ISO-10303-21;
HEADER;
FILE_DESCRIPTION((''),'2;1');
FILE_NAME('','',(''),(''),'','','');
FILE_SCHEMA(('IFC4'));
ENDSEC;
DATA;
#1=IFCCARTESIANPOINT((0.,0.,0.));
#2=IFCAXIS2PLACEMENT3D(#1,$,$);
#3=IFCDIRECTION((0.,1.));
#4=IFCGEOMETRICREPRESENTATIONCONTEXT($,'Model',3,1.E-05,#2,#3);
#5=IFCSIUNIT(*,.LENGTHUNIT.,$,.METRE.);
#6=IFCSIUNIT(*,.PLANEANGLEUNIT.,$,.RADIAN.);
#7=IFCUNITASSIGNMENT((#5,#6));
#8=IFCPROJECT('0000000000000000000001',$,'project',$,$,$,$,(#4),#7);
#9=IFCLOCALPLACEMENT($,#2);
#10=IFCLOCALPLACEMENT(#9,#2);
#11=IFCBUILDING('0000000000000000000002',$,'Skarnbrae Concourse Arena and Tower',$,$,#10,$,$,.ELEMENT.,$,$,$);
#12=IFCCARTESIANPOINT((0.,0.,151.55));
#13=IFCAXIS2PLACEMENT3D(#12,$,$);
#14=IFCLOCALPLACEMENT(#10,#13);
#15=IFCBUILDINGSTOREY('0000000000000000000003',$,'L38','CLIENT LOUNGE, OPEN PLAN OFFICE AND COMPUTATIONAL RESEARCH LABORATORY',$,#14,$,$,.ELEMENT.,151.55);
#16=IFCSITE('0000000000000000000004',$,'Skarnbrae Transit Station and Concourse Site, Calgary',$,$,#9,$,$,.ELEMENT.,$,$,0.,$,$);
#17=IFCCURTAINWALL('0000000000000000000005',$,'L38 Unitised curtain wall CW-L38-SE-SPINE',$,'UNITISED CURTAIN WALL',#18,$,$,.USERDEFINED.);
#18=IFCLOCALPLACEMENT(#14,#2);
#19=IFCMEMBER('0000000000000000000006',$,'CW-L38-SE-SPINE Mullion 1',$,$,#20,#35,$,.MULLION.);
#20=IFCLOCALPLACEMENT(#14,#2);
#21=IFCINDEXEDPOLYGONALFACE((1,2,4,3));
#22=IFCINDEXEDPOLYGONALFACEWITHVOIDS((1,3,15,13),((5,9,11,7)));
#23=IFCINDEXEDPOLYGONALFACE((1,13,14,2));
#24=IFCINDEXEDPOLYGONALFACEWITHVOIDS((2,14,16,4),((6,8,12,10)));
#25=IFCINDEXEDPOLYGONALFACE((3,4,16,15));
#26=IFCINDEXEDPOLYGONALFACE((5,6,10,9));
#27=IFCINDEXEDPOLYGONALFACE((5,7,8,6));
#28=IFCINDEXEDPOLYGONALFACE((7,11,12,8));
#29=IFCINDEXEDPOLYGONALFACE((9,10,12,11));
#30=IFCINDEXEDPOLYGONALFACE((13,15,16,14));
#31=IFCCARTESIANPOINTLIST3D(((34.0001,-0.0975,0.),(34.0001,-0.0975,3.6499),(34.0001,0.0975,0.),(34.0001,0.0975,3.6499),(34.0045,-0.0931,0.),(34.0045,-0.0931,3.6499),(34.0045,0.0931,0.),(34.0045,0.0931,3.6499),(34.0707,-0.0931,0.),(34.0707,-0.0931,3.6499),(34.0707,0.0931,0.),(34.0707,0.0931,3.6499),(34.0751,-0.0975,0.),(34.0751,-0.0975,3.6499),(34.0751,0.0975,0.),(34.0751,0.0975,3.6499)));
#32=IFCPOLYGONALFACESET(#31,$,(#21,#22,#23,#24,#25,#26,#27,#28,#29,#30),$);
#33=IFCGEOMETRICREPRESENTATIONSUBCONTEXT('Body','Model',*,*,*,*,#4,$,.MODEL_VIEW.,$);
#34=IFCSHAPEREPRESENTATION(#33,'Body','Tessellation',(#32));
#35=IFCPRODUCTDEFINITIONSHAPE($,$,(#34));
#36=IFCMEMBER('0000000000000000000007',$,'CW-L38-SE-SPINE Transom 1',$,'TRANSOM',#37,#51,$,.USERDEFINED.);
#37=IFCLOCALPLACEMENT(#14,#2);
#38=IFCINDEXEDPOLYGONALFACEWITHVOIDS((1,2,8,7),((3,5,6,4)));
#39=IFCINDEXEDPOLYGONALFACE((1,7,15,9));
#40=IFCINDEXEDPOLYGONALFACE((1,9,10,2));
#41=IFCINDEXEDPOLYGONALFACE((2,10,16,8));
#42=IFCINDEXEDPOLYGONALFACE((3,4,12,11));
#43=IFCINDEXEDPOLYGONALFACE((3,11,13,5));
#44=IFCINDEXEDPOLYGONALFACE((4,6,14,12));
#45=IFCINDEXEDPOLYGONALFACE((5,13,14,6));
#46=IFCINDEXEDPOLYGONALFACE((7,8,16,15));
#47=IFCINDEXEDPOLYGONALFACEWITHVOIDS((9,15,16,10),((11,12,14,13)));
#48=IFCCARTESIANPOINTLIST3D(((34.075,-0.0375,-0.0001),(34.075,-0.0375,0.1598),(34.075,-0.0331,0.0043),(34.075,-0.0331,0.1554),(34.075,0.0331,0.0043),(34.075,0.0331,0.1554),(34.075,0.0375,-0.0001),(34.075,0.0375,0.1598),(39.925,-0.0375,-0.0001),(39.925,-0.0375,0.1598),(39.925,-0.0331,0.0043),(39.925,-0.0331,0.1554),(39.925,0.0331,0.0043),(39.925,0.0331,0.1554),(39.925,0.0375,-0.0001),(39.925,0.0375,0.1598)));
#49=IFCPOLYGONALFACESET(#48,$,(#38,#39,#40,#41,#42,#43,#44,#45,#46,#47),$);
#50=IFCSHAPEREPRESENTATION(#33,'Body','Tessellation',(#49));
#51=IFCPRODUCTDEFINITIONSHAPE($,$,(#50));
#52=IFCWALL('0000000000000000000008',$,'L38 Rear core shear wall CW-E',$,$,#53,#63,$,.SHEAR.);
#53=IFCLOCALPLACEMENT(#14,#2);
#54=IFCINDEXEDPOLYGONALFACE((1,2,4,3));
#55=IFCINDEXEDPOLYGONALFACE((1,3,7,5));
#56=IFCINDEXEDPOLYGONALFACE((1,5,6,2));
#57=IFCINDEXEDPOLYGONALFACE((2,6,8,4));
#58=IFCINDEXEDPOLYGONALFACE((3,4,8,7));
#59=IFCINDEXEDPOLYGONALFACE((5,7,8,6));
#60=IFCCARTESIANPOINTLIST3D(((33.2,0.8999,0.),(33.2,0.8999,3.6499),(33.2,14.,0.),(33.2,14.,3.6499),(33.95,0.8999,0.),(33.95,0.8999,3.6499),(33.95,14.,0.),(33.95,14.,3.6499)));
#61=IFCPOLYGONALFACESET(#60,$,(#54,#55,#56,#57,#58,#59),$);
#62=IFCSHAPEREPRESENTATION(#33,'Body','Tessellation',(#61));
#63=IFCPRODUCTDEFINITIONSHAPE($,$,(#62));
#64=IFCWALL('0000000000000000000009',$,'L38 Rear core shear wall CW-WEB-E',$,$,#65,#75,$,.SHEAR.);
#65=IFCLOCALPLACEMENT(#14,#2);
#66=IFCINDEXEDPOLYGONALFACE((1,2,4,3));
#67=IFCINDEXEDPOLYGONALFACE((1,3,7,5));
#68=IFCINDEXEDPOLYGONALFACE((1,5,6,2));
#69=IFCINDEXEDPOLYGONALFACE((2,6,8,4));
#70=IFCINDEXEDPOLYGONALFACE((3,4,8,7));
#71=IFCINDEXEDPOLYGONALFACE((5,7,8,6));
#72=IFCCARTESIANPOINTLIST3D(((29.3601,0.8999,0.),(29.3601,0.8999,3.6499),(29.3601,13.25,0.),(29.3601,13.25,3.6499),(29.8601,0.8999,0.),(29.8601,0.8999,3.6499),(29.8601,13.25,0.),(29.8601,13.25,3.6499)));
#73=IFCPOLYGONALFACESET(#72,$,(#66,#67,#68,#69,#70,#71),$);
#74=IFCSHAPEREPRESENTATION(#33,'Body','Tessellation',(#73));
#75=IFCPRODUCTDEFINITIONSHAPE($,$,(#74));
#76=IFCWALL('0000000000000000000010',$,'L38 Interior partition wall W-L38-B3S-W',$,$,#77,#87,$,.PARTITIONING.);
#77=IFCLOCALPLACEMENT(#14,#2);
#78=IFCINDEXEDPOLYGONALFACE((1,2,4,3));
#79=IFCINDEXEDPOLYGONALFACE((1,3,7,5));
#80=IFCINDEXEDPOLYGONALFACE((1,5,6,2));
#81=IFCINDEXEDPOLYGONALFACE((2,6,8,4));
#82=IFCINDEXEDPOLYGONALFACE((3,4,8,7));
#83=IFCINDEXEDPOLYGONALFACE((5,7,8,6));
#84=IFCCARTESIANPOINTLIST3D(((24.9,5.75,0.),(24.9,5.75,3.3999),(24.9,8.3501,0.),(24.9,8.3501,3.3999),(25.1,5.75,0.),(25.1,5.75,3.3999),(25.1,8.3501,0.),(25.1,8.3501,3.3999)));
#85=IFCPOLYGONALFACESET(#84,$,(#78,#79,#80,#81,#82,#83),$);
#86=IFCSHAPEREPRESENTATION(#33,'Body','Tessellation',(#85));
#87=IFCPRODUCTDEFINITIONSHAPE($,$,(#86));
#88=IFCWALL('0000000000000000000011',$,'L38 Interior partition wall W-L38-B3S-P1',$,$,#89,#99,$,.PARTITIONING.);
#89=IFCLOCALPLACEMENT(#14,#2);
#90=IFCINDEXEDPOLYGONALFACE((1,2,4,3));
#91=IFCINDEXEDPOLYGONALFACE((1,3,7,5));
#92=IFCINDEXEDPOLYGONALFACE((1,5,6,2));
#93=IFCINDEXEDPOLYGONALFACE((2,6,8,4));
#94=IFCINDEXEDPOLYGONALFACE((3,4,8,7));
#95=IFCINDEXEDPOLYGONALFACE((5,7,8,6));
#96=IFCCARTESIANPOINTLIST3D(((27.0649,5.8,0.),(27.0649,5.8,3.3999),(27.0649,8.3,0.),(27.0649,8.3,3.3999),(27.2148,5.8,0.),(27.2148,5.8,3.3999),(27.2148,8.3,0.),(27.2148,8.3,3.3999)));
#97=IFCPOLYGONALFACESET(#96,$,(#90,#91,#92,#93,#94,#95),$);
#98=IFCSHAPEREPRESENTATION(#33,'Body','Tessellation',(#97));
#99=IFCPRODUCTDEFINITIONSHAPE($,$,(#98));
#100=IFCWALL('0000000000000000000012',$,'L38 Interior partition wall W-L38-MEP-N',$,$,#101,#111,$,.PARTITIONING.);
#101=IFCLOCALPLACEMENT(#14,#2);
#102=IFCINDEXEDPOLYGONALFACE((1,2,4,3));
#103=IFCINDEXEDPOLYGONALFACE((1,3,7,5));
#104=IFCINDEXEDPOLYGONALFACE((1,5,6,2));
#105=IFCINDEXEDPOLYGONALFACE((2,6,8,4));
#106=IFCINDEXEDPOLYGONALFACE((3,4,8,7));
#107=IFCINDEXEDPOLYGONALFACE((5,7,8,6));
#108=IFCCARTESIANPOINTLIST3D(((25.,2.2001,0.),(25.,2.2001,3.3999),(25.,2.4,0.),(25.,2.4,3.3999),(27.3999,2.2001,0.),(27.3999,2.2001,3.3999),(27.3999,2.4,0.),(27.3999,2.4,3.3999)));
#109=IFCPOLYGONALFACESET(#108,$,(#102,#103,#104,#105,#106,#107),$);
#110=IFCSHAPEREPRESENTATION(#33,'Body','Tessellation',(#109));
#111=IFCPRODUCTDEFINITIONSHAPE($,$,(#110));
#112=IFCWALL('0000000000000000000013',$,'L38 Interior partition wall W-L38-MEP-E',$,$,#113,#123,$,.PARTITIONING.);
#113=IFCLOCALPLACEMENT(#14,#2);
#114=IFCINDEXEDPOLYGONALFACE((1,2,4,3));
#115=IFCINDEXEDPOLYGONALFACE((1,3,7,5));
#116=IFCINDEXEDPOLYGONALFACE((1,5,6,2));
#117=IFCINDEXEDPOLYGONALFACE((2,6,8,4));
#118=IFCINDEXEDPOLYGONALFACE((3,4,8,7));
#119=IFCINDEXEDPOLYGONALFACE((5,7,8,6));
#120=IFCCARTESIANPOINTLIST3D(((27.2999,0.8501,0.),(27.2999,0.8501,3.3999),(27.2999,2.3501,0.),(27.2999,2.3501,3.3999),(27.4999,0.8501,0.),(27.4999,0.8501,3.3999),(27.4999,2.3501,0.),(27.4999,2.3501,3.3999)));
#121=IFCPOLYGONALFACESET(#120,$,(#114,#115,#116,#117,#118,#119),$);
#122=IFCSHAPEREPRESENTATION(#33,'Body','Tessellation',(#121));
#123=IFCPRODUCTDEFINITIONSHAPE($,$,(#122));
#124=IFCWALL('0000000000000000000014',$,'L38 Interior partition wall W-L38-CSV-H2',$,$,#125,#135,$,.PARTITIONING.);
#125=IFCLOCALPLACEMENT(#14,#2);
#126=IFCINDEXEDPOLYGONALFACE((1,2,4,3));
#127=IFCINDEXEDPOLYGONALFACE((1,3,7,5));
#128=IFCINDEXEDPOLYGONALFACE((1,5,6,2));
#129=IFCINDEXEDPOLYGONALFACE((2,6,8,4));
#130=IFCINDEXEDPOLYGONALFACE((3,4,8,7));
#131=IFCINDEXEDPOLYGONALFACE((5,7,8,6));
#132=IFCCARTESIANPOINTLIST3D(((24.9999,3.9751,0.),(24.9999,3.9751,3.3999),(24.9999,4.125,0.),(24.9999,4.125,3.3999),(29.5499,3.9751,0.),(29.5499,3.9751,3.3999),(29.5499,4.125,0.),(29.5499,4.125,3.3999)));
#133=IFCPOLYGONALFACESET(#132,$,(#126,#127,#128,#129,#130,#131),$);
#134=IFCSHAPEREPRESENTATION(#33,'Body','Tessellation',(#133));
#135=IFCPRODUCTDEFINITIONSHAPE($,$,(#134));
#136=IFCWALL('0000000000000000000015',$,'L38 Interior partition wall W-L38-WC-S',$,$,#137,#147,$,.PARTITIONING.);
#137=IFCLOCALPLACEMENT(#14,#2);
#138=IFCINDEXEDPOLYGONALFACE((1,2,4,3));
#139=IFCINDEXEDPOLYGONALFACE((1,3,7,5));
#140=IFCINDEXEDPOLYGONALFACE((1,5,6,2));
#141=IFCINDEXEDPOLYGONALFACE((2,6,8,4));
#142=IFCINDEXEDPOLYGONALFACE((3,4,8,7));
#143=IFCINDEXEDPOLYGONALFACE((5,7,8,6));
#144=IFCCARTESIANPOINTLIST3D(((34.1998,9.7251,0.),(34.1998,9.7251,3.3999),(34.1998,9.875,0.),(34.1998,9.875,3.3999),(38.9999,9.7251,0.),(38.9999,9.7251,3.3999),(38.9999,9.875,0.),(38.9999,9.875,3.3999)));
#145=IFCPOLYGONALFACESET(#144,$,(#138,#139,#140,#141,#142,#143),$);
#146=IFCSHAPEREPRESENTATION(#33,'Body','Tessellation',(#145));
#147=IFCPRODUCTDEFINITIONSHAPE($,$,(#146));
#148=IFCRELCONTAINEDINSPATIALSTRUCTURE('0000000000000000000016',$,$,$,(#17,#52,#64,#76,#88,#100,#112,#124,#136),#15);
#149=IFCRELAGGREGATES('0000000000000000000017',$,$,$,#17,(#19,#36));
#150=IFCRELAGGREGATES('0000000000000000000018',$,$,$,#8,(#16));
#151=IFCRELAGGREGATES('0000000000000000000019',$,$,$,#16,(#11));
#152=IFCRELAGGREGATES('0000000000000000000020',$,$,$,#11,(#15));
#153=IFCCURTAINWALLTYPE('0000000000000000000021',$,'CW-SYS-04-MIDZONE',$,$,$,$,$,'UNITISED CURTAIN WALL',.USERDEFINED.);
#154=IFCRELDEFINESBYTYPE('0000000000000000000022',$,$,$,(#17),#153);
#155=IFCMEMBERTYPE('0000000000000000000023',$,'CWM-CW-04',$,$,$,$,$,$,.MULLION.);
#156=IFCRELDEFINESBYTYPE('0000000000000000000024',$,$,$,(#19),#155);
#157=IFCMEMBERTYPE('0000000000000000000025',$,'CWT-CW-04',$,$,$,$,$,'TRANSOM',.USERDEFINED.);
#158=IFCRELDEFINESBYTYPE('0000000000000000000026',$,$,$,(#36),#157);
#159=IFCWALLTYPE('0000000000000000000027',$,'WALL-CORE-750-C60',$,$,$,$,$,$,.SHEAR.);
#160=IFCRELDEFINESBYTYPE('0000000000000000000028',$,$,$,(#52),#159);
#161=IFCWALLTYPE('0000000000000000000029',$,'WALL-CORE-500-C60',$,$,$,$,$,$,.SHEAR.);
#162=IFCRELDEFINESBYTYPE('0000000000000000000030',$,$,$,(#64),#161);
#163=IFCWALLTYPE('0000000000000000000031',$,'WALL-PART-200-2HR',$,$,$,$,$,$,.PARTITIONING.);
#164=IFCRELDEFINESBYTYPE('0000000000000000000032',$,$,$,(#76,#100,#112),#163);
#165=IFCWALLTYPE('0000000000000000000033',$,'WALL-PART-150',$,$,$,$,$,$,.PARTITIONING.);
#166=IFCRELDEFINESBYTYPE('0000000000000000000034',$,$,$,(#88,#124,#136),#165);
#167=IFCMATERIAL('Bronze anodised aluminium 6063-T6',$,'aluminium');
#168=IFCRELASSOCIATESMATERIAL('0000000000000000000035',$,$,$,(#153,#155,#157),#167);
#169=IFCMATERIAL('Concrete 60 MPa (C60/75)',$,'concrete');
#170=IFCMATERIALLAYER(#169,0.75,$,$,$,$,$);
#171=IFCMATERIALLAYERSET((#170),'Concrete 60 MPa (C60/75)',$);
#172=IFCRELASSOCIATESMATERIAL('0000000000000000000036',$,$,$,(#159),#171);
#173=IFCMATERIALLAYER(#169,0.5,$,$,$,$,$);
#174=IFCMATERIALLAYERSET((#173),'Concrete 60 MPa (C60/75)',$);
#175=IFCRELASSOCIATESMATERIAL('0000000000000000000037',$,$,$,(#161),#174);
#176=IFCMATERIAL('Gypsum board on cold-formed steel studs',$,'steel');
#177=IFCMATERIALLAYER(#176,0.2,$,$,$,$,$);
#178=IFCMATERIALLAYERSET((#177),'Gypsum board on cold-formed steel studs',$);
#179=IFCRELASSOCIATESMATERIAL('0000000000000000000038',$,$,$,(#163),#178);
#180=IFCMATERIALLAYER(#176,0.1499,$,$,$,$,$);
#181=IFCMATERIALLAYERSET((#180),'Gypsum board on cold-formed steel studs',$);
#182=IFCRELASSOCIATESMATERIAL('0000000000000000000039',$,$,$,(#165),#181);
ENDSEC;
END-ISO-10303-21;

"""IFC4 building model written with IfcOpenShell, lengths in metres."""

from ifc_helpers import new_model, si_unit, direction, frame, frame_2d, origin, origin_2d, place, context, subcontext, project, spatial, rectangle, hollow_rectangle, extrude, source, transform, mapped, material, layer, layer_set, material_profile, profile_set, type_object, element, aggregate, save


model = new_model("IFC4")

# Units and contexts
model_context = context("Model", 3, precision=1e-05, world=origin(), true_north=direction((0.0, 1.0)))
body_context = subcontext(model_context, "Body", "Model", "MODEL_VIEW")
ifc_project = project(units=[si_unit("LENGTHUNIT", "METRE"), si_unit("PLANEANGLEUNIT", "RADIAN")], contexts=[model_context])

# Site, building, storey
site_placement = place(None, origin())
site = spatial("IfcSite", under=ifc_project, at=site_placement, Name="Skarnbrae Transit Station and Concourse Site, Calgary", CompositionType="ELEMENT", RefElevation=0.0)
building_placement = place(site_placement, origin())
building = spatial("IfcBuilding", under=site, at=building_placement, Name="Skarnbrae Concourse Arena and Tower", CompositionType="ELEMENT")
storey_placement = place(building_placement, frame((0.0, 0.0, 151.55)))
storey = spatial("IfcBuildingStorey", under=building, at=storey_placement, Name="L38", Description="CLIENT LOUNGE, OPEN PLAN OFFICE AND COMPUTATIONAL RESEARCH LABORATORY", CompositionType="ELEMENT", Elevation=151.55)

# Curtain wall, members
ifc_material_1 = material(Name="Bronze anodised aluminium 6063-T6", Category="aluminium")
curtain_wall_type = type_object("IfcCurtainWallType", Name="CW-SYS-04-MIDZONE", ElementType="UNITISED CURTAIN WALL", PredefinedType="USERDEFINED", material=ifc_material_1)
curtain_wall_placement = place(storey_placement, origin())
curtain_wall = element("IfcCurtainWall", 1, at=curtain_wall_placement, inside=storey, type_object=curtain_wall_type, Name="L38 Unitised curtain wall CW-L38-SE-SPINE", ObjectType="UNITISED CURTAIN WALL", PredefinedType="USERDEFINED")
ifc_material_profile_1 = material_profile(ifc_material_1, hollow_rectangle(XDim=0.075, YDim=0.1951, WallThickness=0.0044, at=origin_2d()), Name="ALU-MULL-75X195")
ifc_profile_set_1 = profile_set([ifc_material_profile_1], Name="Bronze anodised aluminium 6063-T6")
member_type_1 = type_object("IfcMemberType", Name="CWM-CW-04", PredefinedType="MULLION", material=ifc_profile_set_1)
shared_shape_1 = source(origin(), body_context, "Body", "SweptSolid", [
    extrude(hollow_rectangle(XDim=0.075, YDim=0.1951, WallThickness=0.0044, at=origin_2d()), origin(), (0.0, 0.0, 1.0), 3.6499),
])
member_1_placement = place(storey_placement, frame((34.0376, 0.0, 0.0), z_axis=(0.0, 0.0, 1.0), x_axis=(1.0, 0.0, 0.0)))
member_1 = element("IfcMember", 2, at=member_1_placement, type_object=member_type_1, Name="CW-L38-SE-SPINE Mullion 1", PredefinedType="MULLION", context=body_context, shape_type="MappedRepresentation", body=[
    mapped(shared_shape_1, transform((0.0, 0.0, 0.0))),
])
ifc_material_profile_2 = material_profile(ifc_material_1, hollow_rectangle(XDim=0.075, YDim=0.1599, WallThickness=0.0044, at=origin_2d()), Name="ALU-TRAN-75X160")
ifc_profile_set_2 = profile_set([ifc_material_profile_2], Name="Bronze anodised aluminium 6063-T6")
member_type_2 = type_object("IfcMemberType", Name="CWT-CW-04", ElementType="TRANSOM", PredefinedType="USERDEFINED", material=ifc_profile_set_2)
shared_shape_2 = source(origin(), body_context, "Body", "SweptSolid", [
    extrude(hollow_rectangle(XDim=0.075, YDim=0.1599, WallThickness=0.0044, at=origin_2d()), origin(), (0.0, 0.0, 1.0), 5.8501),
])
member_2_placement = place(storey_placement, frame((34.075, 0.0, 0.0798), z_axis=(1.0, 0.0, 0.0), x_axis=(0.0, 1.0, 0.0)))
member_2 = element("IfcMember", 3, at=member_2_placement, type_object=member_type_2, Name="CW-L38-SE-SPINE Transom 1", ObjectType="TRANSOM", PredefinedType="USERDEFINED", context=body_context, shape_type="MappedRepresentation", body=[
    mapped(shared_shape_2, transform((0.0, 0.0, 0.0))),
])
aggregate(curtain_wall, [member_1, member_2])

# Walls
ifc_material_2 = material(Name="Concrete 60 MPa (C60/75)", Category="concrete")
ifc_layer_1 = layer(ifc_material_2, 0.75)
ifc_layer_set_1 = layer_set([ifc_layer_1], Name="Concrete 60 MPa (C60/75)")
wall_type_1 = type_object("IfcWallType", Name="WALL-CORE-750-C60", PredefinedType="SHEAR", material=ifc_layer_set_1)
shared_shape_3 = source(origin(), body_context, "Body", "SweptSolid", [
    extrude(rectangle(XDim=13.1001, YDim=0.75, at=frame_2d((6.55, 0.0))), origin(), (0.0, 0.0, 1.0), 3.6499),
])
wall_1_placement = place(storey_placement, frame((33.575, 0.8999, 0.0), z_axis=(0.0, 0.0, 1.0), x_axis=(0.0, 1.0, 0.0)))
element("IfcWall", 4, at=wall_1_placement, inside=storey, type_object=wall_type_1, Name="L38 Rear core shear wall CW-E", PredefinedType="SHEAR", context=body_context, shape_type="MappedRepresentation", body=[
    mapped(shared_shape_3, transform((0.0, 0.0, 0.0))),
])
ifc_layer_2 = layer(ifc_material_2, 0.5)
ifc_layer_set_2 = layer_set([ifc_layer_2], Name="Concrete 60 MPa (C60/75)")
wall_type_2 = type_object("IfcWallType", Name="WALL-CORE-500-C60", PredefinedType="SHEAR", material=ifc_layer_set_2)
shared_shape_4 = source(origin(), body_context, "Body", "SweptSolid", [
    extrude(rectangle(XDim=12.3501, YDim=0.5, at=frame_2d((6.175, 0.0))), origin(), (0.0, 0.0, 1.0), 3.6499),
])
wall_2_placement = place(storey_placement, frame((29.6101, 0.8999, 0.0), z_axis=(0.0, 0.0, 1.0), x_axis=(0.0, 1.0, 0.0)))
element("IfcWall", 5, at=wall_2_placement, inside=storey, type_object=wall_type_2, Name="L38 Rear core shear wall CW-WEB-E", PredefinedType="SHEAR", context=body_context, shape_type="MappedRepresentation", body=[
    mapped(shared_shape_4, transform((0.0, 0.0, 0.0))),
])
ifc_material_3 = material(Name="Gypsum board on cold-formed steel studs", Category="steel")
ifc_layer_3 = layer(ifc_material_3, 0.2)
ifc_layer_set_3 = layer_set([ifc_layer_3], Name="Gypsum board on cold-formed steel studs")
wall_type_3 = type_object("IfcWallType", Name="WALL-PART-200-2HR", PredefinedType="PARTITIONING", material=ifc_layer_set_3)
shared_shape_5 = source(origin(), body_context, "Body", "SweptSolid", [
    extrude(rectangle(XDim=2.6001, YDim=0.2, at=frame_2d((1.3, 0.0))), origin(), (0.0, 0.0, 1.0), 3.3999),
])
wall_3_placement = place(storey_placement, frame((25.0, 5.75, 0.0), z_axis=(0.0, 0.0, 1.0), x_axis=(0.0, 1.0, 0.0)))
element("IfcWall", 6, at=wall_3_placement, inside=storey, type_object=wall_type_3, Name="L38 Interior partition wall W-L38-B3S-W", PredefinedType="PARTITIONING", context=body_context, shape_type="MappedRepresentation", body=[
    mapped(shared_shape_5, transform((0.0, 0.0, 0.0))),
])
ifc_layer_4 = layer(ifc_material_3, 0.1499)
ifc_layer_set_4 = layer_set([ifc_layer_4], Name="Gypsum board on cold-formed steel studs")
wall_type_4 = type_object("IfcWallType", Name="WALL-PART-150", PredefinedType="PARTITIONING", material=ifc_layer_set_4)
shared_shape_6 = source(origin(), body_context, "Body", "SweptSolid", [
    extrude(rectangle(XDim=2.5, YDim=0.1499, at=frame_2d((1.25, 0.0))), origin(), (0.0, 0.0, 1.0), 3.3999),
])
wall_4_placement = place(storey_placement, frame((27.1399, 5.8, 0.0), z_axis=(0.0, 0.0, 1.0), x_axis=(0.0, 1.0, 0.0)))
element("IfcWall", 7, at=wall_4_placement, inside=storey, type_object=wall_type_4, Name="L38 Interior partition wall W-L38-B3S-P1", PredefinedType="PARTITIONING", context=body_context, shape_type="MappedRepresentation", body=[
    mapped(shared_shape_6, transform((0.0, 0.0, 0.0))),
])

# Walls
shared_shape_7 = source(origin(), body_context, "Body", "SweptSolid", [
    extrude(rectangle(XDim=2.3999, YDim=0.2, at=frame_2d((1.2, 0.0))), origin(), (0.0, 0.0, 1.0), 3.3999),
])
wall_5_placement = place(storey_placement, frame((25.0, 2.3, 0.0), z_axis=(0.0, 0.0, 1.0), x_axis=(1.0, 0.0, 0.0)))
element("IfcWall", 8, at=wall_5_placement, inside=storey, type_object=wall_type_3, Name="L38 Interior partition wall W-L38-MEP-N", PredefinedType="PARTITIONING", context=body_context, shape_type="MappedRepresentation", body=[
    mapped(shared_shape_7, transform((0.0, 0.0, 0.0))),
])
shared_shape_8 = source(origin(), body_context, "Body", "SweptSolid", [
    extrude(rectangle(XDim=1.5, YDim=0.2, at=frame_2d((0.75, 0.0))), origin(), (0.0, 0.0, 1.0), 3.3999),
])
wall_6_placement = place(storey_placement, frame((27.3999, 0.8501, 0.0), z_axis=(0.0, 0.0, 1.0), x_axis=(0.0, 1.0, 0.0)))
element("IfcWall", 9, at=wall_6_placement, inside=storey, type_object=wall_type_3, Name="L38 Interior partition wall W-L38-MEP-E", PredefinedType="PARTITIONING", context=body_context, shape_type="MappedRepresentation", body=[
    mapped(shared_shape_8, transform((0.0, 0.0, 0.0))),
])
shared_shape_9 = source(origin(), body_context, "Body", "SweptSolid", [
    extrude(rectangle(XDim=4.55, YDim=0.1499, at=frame_2d((2.2749, 0.0))), origin(), (0.0, 0.0, 1.0), 3.3999),
])
wall_7_placement = place(storey_placement, frame((25.0, 4.05, 0.0), z_axis=(0.0, 0.0, 1.0), x_axis=(1.0, 0.0, 0.0)))
element("IfcWall", 10, at=wall_7_placement, inside=storey, type_object=wall_type_4, Name="L38 Interior partition wall W-L38-CSV-H2", PredefinedType="PARTITIONING", context=body_context, shape_type="MappedRepresentation", body=[
    mapped(shared_shape_9, transform((0.0, 0.0, 0.0))),
])
shared_shape_10 = source(origin(), body_context, "Body", "SweptSolid", [
    extrude(rectangle(XDim=4.8, YDim=0.1499, at=frame_2d((2.3999, 0.0))), origin(), (0.0, 0.0, 1.0), 3.3999),
])
wall_8_placement = place(storey_placement, frame((34.2, 9.8, 0.0), z_axis=(0.0, 0.0, 1.0), x_axis=(1.0, 0.0, 0.0)))
element("IfcWall", 11, at=wall_8_placement, inside=storey, type_object=wall_type_4, Name="L38 Interior partition wall W-L38-WC-S", PredefinedType="PARTITIONING", context=body_context, shape_type="MappedRepresentation", body=[
    mapped(shared_shape_10, transform((0.0, 0.0, 0.0))),
])

save(model, "model.ifc")
